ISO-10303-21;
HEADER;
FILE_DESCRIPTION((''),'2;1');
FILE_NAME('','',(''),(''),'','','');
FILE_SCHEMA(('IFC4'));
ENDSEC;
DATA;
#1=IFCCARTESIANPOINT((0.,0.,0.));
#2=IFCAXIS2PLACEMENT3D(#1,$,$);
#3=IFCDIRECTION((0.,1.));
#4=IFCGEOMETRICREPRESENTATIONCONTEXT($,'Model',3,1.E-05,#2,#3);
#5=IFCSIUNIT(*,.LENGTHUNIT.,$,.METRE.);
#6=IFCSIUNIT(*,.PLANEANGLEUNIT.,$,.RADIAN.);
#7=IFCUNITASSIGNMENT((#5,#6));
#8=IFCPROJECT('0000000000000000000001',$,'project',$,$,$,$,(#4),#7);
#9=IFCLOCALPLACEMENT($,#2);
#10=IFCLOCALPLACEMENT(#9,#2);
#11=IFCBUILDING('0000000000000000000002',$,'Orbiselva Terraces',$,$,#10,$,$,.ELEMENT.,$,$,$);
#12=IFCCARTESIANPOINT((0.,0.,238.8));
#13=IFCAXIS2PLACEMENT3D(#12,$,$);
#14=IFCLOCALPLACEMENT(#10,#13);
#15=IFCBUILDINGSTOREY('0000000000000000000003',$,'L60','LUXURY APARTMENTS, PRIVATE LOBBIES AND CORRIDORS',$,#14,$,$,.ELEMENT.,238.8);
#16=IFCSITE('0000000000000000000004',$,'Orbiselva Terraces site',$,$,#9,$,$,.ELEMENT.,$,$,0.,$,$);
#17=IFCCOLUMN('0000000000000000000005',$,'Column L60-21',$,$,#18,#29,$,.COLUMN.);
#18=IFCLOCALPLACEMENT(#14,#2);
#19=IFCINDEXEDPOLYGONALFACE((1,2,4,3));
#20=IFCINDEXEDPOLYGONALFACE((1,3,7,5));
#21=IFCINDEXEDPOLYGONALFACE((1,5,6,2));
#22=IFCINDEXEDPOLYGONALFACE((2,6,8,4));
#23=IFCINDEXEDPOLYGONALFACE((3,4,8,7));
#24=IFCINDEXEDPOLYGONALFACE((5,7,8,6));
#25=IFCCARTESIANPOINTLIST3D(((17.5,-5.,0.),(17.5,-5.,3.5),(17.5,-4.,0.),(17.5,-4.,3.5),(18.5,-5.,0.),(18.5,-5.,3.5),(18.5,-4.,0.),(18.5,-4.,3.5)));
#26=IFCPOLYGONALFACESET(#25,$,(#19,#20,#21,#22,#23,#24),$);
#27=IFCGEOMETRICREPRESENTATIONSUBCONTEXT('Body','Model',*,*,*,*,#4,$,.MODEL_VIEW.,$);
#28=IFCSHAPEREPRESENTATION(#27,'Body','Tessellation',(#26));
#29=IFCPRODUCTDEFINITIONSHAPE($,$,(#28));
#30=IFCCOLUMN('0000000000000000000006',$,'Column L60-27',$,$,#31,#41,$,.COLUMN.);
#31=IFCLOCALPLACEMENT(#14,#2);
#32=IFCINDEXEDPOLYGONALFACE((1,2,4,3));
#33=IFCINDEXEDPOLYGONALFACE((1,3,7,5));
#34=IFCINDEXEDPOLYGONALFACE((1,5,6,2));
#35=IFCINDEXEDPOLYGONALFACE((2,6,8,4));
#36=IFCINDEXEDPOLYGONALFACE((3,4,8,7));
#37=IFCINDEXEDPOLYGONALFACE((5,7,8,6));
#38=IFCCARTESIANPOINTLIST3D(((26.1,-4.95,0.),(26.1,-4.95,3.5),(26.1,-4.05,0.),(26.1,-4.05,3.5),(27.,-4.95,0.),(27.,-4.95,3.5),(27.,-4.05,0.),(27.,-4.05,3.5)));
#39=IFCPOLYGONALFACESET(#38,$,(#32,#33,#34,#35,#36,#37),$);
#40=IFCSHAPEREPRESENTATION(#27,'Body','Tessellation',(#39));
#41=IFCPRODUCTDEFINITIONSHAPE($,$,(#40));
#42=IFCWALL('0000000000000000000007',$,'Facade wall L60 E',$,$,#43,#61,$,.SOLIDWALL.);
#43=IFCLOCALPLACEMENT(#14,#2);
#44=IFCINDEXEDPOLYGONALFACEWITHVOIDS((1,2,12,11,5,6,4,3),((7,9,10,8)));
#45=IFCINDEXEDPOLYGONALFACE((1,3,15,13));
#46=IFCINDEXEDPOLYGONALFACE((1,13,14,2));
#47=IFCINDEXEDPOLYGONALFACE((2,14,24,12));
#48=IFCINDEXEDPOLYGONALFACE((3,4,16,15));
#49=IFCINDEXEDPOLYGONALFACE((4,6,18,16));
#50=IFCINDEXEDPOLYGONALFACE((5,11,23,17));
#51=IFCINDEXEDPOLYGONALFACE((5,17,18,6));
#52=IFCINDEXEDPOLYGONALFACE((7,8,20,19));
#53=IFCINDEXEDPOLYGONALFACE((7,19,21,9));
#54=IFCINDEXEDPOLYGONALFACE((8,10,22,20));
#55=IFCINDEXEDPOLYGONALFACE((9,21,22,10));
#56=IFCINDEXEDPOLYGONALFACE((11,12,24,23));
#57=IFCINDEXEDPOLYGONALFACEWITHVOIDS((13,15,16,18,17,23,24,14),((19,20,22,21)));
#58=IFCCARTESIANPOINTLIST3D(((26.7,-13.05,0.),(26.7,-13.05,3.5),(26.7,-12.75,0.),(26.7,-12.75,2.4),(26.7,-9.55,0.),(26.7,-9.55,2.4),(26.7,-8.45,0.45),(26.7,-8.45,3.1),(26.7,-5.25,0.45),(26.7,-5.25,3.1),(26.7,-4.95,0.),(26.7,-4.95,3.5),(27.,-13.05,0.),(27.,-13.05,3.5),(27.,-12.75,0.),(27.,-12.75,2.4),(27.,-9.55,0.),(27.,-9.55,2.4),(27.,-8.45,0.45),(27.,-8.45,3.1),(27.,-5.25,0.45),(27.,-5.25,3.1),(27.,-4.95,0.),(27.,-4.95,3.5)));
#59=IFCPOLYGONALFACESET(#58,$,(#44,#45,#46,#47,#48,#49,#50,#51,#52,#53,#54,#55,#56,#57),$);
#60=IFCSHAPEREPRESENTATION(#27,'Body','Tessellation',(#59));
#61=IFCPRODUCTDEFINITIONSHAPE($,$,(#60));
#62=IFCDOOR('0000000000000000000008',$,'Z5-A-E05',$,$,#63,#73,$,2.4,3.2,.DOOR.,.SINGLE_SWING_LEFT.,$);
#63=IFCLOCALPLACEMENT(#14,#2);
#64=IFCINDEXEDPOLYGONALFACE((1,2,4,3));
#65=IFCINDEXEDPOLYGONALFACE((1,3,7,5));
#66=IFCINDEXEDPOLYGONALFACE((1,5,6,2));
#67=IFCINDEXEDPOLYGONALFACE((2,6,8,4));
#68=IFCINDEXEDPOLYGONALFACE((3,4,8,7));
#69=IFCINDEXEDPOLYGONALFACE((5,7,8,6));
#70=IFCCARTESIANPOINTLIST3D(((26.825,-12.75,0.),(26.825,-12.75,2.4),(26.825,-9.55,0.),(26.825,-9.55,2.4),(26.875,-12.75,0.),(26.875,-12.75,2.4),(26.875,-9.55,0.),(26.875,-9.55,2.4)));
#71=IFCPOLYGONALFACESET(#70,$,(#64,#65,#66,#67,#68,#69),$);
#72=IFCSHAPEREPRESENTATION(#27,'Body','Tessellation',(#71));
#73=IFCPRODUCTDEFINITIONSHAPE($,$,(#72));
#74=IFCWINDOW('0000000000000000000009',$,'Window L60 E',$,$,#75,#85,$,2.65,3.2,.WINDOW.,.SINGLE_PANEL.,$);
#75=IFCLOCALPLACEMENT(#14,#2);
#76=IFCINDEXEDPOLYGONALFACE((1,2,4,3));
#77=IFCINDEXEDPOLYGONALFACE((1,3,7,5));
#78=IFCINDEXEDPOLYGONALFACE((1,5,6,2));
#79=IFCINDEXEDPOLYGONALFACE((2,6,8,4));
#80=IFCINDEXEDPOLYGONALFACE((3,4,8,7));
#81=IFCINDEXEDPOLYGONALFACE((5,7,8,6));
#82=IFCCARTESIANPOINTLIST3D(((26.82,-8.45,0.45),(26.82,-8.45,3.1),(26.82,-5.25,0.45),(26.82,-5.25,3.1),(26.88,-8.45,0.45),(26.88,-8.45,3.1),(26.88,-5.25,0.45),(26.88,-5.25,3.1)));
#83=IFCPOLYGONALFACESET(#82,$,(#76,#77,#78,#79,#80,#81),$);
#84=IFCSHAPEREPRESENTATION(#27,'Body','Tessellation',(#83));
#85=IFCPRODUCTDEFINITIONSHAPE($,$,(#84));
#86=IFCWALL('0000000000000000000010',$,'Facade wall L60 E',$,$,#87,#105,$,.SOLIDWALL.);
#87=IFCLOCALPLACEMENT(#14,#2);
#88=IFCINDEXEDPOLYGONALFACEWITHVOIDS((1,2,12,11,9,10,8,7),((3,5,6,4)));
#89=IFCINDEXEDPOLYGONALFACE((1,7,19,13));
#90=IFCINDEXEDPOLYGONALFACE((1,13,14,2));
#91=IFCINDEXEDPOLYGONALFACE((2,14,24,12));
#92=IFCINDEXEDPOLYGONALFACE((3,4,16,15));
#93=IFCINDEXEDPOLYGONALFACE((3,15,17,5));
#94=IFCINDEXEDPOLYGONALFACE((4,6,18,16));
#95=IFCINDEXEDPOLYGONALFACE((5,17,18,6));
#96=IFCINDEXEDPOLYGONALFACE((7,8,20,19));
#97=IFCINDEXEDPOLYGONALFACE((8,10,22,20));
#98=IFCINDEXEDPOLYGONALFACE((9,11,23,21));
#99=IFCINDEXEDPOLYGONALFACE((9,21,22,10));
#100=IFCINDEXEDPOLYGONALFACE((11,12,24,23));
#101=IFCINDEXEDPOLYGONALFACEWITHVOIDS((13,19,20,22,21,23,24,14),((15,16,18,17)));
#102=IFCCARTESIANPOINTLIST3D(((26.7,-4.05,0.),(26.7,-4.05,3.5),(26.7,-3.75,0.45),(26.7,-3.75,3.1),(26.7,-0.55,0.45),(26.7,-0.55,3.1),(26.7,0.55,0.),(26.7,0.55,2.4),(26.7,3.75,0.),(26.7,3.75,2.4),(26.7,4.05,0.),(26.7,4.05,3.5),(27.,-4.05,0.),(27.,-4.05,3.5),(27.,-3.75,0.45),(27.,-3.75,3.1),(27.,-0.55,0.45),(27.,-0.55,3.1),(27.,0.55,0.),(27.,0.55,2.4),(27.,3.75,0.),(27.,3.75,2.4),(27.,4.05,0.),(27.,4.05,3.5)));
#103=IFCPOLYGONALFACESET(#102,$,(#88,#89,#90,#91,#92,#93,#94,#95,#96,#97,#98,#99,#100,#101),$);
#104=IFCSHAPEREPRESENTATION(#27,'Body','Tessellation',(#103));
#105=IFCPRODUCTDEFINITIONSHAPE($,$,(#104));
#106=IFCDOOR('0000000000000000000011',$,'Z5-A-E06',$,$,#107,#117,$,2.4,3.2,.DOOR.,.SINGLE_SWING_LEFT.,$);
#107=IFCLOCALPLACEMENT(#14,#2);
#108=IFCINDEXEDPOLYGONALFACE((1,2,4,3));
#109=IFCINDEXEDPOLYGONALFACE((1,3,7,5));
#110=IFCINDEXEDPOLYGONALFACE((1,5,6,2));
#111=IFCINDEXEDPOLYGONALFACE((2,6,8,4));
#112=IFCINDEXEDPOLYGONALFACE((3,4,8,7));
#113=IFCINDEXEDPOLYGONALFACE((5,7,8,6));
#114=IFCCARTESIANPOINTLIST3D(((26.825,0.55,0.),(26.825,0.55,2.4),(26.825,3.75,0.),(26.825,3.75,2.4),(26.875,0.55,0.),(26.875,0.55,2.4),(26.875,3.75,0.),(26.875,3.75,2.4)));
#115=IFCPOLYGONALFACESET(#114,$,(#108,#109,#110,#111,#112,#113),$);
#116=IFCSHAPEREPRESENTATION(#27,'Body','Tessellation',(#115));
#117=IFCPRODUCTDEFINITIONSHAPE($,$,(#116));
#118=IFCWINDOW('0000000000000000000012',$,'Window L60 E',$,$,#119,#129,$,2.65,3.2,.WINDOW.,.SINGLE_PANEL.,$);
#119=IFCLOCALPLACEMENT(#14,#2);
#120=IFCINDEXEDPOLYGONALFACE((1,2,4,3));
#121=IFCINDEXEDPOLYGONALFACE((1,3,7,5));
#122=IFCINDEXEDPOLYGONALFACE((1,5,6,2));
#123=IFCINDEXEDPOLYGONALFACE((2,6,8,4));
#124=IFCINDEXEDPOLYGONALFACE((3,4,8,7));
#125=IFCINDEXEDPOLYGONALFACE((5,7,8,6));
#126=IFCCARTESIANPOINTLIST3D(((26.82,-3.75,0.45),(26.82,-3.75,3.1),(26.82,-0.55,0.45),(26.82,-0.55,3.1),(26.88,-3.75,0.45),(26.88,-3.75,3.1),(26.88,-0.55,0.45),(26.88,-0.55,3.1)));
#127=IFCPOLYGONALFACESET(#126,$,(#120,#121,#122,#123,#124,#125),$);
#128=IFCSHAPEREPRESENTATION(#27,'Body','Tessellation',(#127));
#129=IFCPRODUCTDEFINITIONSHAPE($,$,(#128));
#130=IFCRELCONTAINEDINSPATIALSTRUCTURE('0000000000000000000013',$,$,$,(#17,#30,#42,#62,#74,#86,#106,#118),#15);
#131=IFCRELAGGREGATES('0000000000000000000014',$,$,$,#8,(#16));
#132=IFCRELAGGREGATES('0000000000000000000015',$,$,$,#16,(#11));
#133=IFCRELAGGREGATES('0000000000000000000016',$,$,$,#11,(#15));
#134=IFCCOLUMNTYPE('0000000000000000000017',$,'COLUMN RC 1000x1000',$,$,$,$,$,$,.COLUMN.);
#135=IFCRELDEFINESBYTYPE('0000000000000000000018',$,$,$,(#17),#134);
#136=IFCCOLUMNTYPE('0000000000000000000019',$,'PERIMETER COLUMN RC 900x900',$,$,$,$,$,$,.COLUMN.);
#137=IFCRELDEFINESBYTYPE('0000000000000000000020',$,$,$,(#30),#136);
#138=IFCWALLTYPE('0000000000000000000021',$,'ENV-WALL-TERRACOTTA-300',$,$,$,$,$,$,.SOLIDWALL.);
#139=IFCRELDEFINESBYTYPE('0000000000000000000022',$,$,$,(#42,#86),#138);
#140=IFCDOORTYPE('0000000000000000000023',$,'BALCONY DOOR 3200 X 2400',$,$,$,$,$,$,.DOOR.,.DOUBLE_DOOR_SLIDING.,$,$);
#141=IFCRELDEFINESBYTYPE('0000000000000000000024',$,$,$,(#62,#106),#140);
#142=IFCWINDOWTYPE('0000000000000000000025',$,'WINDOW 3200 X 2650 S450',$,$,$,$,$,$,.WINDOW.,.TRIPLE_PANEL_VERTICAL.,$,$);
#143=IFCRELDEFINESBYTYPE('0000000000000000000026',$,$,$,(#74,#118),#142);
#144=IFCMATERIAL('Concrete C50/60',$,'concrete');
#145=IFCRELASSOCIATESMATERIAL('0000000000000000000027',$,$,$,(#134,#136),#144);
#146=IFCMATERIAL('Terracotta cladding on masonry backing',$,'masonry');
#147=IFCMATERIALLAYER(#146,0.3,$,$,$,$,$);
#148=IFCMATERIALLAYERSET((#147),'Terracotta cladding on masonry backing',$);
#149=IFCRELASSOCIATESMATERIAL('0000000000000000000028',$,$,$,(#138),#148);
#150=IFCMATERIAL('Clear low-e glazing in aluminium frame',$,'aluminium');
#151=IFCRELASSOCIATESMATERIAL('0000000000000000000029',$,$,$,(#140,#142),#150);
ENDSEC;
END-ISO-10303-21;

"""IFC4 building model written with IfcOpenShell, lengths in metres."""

from ifc_helpers import new_model, si_unit, direction, frame, frame_2d, origin, origin_2d, place, context, subcontext, project, spatial, rectangle, extrude, material, layer, layer_set, material_profile, profile_set, type_object, element, fill, save


model = new_model("IFC4")

# Units and contexts
model_context = context("Model", 3, precision=1e-05, world=origin(), true_north=direction((0.0, 1.0)))
body_context = subcontext(model_context, "Body", "Model", "MODEL_VIEW")
ifc_project = project(units=[si_unit("LENGTHUNIT", "METRE"), si_unit("PLANEANGLEUNIT", "RADIAN")], contexts=[model_context])

# Site, building, storey
site_placement = place(None, origin())
site = spatial("IfcSite", under=ifc_project, at=site_placement, Name="Orbiselva Terraces site", CompositionType="ELEMENT", RefElevation=0.0)
building_placement = place(site_placement, origin())
building = spatial("IfcBuilding", under=site, at=building_placement, Name="Orbiselva Terraces", CompositionType="ELEMENT")
storey_placement = place(building_placement, frame((0.0, 0.0, 238.8)))
storey = spatial("IfcBuildingStorey", under=building, at=storey_placement, Name="L60", Description="LUXURY APARTMENTS, PRIVATE LOBBIES AND CORRIDORS", CompositionType="ELEMENT", Elevation=238.8)

# Columns
ifc_material_1 = material(Name="Concrete C50/60", Category="concrete")
ifc_material_profile_1 = material_profile(ifc_material_1, rectangle(XDim=1.0, YDim=1.0, at=origin_2d()), Name="RC 1000x1000")
ifc_profile_set_1 = profile_set([ifc_material_profile_1], Name="Concrete C50/60")
column_type_1 = type_object("IfcColumnType", Name="COLUMN RC 1000x1000", PredefinedType="COLUMN", material=ifc_profile_set_1)
column_1_placement = place(storey_placement, frame((18.0, -4.5, 0.0), z_axis=(0.0, 0.0, 1.0), x_axis=(1.0, 0.0, 0.0)))
element("IfcColumn", 1, at=column_1_placement, inside=storey, type_object=column_type_1, Name="Column L60-21", PredefinedType="COLUMN", context=body_context, shape_type="SweptSolid", body=[
    extrude(rectangle(XDim=1.0, YDim=1.0, at=origin_2d()), origin(), (0.0, 0.0, 1.0), 3.5),
])
ifc_material_profile_2 = material_profile(ifc_material_1, rectangle(XDim=0.9, YDim=0.9, at=origin_2d()), Name="RC 900x900")
ifc_profile_set_2 = profile_set([ifc_material_profile_2], Name="Concrete C50/60")
column_type_2 = type_object("IfcColumnType", Name="PERIMETER COLUMN RC 900x900", PredefinedType="COLUMN", material=ifc_profile_set_2)
column_2_placement = place(storey_placement, frame((26.55, -4.5, 0.0), z_axis=(0.0, 0.0, 1.0), x_axis=(1.0, 0.0, 0.0)))
element("IfcColumn", 2, at=column_2_placement, inside=storey, type_object=column_type_2, Name="Column L60-27", PredefinedType="COLUMN", context=body_context, shape_type="SweptSolid", body=[
    extrude(rectangle(XDim=0.9, YDim=0.9, at=origin_2d()), origin(), (0.0, 0.0, 1.0), 3.5),
])

# Walls, openings, doors, windows
ifc_material_2 = material(Name="Terracotta cladding on masonry backing", Category="masonry")
ifc_layer_1 = layer(ifc_material_2, 0.3)
ifc_layer_set_1 = layer_set([ifc_layer_1], Name="Terracotta cladding on masonry backing")
wall_type_1 = type_object("IfcWallType", Name="ENV-WALL-TERRACOTTA-300", PredefinedType="SOLIDWALL", material=ifc_layer_set_1)
wall_1_placement = place(storey_placement, frame((26.85, -4.95, 0.0), z_axis=(0.0, 0.0, 1.0), x_axis=(0.0, -1.0, 0.0)))
wall_1 = element("IfcWall", 3, at=wall_1_placement, inside=storey, type_object=wall_type_1, Name="Facade wall L60 E", PredefinedType="SOLIDWALL", context=body_context, shape_type="SweptSolid", body=[
    extrude(rectangle(XDim=8.1, YDim=0.3, at=frame_2d((4.05, 0.0))), origin(), (0.0, 0.0, 1.0), 3.5),
])
opening_1_placement = place(wall_1_placement, frame((4.6, 0.0, 0.0)))
opening_1 = element("IfcOpeningElement", 4, at=opening_1_placement, cuts=wall_1, PredefinedType="OPENING", context=body_context, shape_type="SweptSolid", body=[
    extrude(rectangle(XDim=3.2, YDim=2.4, at=frame_2d((1.6, 1.2))), frame((0.0, 0.16, 0.0), z_axis=(0.0, -1.0, 0.0), x_axis=(1.0, 0.0, 0.0)), (0.0, 0.0, 1.0), 0.32),
])
opening_2_placement = place(wall_1_placement, frame((0.3, 0.0, 0.45)))
opening_2 = element("IfcOpeningElement", 5, at=opening_2_placement, cuts=wall_1, PredefinedType="OPENING", context=body_context, shape_type="SweptSolid", body=[
    extrude(rectangle(XDim=3.2, YDim=2.65, at=frame_2d((1.6, 1.325))), frame((0.0, 0.16, 0.0), z_axis=(0.0, -1.0, 0.0), x_axis=(1.0, 0.0, 0.0)), (0.0, 0.0, 1.0), 0.32),
])
ifc_material_3 = material(Name="Clear low-e glazing in aluminium frame", Category="aluminium")
door_type_1 = type_object("IfcDoorType", Name="BALCONY DOOR 3200 X 2400", OperationType="DOUBLE_DOOR_SLIDING", PredefinedType="DOOR", material=ifc_material_3)
door_1_placement = place(opening_1_placement, origin())
door_1 = element("IfcDoor", 6, at=door_1_placement, inside=storey, type_object=door_type_1, Name="Z5-A-E05", OperationType="SINGLE_SWING_LEFT", OverallHeight=2.4, OverallWidth=3.2, PredefinedType="DOOR", context=body_context, shape_type="SweptSolid", body=[
    extrude(rectangle(XDim=3.2, YDim=2.4, at=frame_2d((1.6, 1.2))), frame((0.0, 0.025, 0.0), z_axis=(0.0, -1.0, 0.0), x_axis=(1.0, 0.0, 0.0)), (0.0, 0.0, 1.0), 0.05),
])
fill(opening_1, door_1)
window_type = type_object("IfcWindowType", Name="WINDOW 3200 X 2650 S450", PartitioningType="TRIPLE_PANEL_VERTICAL", PredefinedType="WINDOW", material=ifc_material_3)
window_1_placement = place(opening_2_placement, origin())
window_1 = element("IfcWindow", 7, at=window_1_placement, inside=storey, type_object=window_type, Name="Window L60 E", OverallHeight=2.65, OverallWidth=3.2, PartitioningType="SINGLE_PANEL", PredefinedType="WINDOW", context=body_context, shape_type="SweptSolid", body=[
    extrude(rectangle(XDim=3.2, YDim=2.65, at=frame_2d((1.6, 1.325))), frame((0.0, 0.03, 0.0), z_axis=(0.0, -1.0, 0.0), x_axis=(1.0, 0.0, 0.0)), (0.0, 0.0, 1.0), 0.06),
])
fill(opening_2, window_1)
wall_2_placement = place(storey_placement, frame((26.85, 4.05, 0.0), z_axis=(0.0, 0.0, 1.0), x_axis=(0.0, -1.0, 0.0)))
wall_2 = element("IfcWall", 8, at=wall_2_placement, inside=storey, type_object=wall_type_1, Name="Facade wall L60 E", PredefinedType="SOLIDWALL", context=body_context, shape_type="SweptSolid", body=[
    extrude(rectangle(XDim=8.1, YDim=0.3, at=frame_2d((4.05, 0.0))), origin(), (0.0, 0.0, 1.0), 3.5),
])
opening_3_placement = place(wall_2_placement, frame((4.6, 0.0, 0.45)))
opening_3 = element("IfcOpeningElement", 9, at=opening_3_placement, cuts=wall_2, PredefinedType="OPENING", context=body_context, shape_type="SweptSolid", body=[
    extrude(rectangle(XDim=3.2, YDim=2.65, at=frame_2d((1.6, 1.325))), frame((0.0, 0.16, 0.0), z_axis=(0.0, -1.0, 0.0), x_axis=(1.0, 0.0, 0.0)), (0.0, 0.0, 1.0), 0.32),
])
opening_4_placement = place(wall_2_placement, frame((0.3, 0.0, 0.0)))
opening_4 = element("IfcOpeningElement", 10, at=opening_4_placement, cuts=wall_2, PredefinedType="OPENING", context=body_context, shape_type="SweptSolid", body=[
    extrude(rectangle(XDim=3.2, YDim=2.4, at=frame_2d((1.6, 1.2))), frame((0.0, 0.16, 0.0), z_axis=(0.0, -1.0, 0.0), x_axis=(1.0, 0.0, 0.0)), (0.0, 0.0, 1.0), 0.32),
])
door_2_placement = place(opening_4_placement, origin())
door_2 = element("IfcDoor", 11, at=door_2_placement, inside=storey, type_object=door_type_1, Name="Z5-A-E06", OperationType="SINGLE_SWING_LEFT", OverallHeight=2.4, OverallWidth=3.2, PredefinedType="DOOR", context=body_context, shape_type="SweptSolid", body=[
    extrude(rectangle(XDim=3.2, YDim=2.4, at=frame_2d((1.6, 1.2))), frame((0.0, 0.025, 0.0), z_axis=(0.0, -1.0, 0.0), x_axis=(1.0, 0.0, 0.0)), (0.0, 0.0, 1.0), 0.05),
])
fill(opening_4, door_2)
window_2_placement = place(opening_3_placement, origin())
window_2 = element("IfcWindow", 12, at=window_2_placement, inside=storey, type_object=window_type, Name="Window L60 E", OverallHeight=2.65, OverallWidth=3.2, PartitioningType="SINGLE_PANEL", PredefinedType="WINDOW", context=body_context, shape_type="SweptSolid", body=[
    extrude(rectangle(XDim=3.2, YDim=2.65, at=frame_2d((1.6, 1.325))), frame((0.0, 0.03, 0.0), z_axis=(0.0, -1.0, 0.0), x_axis=(1.0, 0.0, 0.0)), (0.0, 0.0, 1.0), 0.06),
])
fill(opening_3, window_2)

save(model, "model.ifc")
